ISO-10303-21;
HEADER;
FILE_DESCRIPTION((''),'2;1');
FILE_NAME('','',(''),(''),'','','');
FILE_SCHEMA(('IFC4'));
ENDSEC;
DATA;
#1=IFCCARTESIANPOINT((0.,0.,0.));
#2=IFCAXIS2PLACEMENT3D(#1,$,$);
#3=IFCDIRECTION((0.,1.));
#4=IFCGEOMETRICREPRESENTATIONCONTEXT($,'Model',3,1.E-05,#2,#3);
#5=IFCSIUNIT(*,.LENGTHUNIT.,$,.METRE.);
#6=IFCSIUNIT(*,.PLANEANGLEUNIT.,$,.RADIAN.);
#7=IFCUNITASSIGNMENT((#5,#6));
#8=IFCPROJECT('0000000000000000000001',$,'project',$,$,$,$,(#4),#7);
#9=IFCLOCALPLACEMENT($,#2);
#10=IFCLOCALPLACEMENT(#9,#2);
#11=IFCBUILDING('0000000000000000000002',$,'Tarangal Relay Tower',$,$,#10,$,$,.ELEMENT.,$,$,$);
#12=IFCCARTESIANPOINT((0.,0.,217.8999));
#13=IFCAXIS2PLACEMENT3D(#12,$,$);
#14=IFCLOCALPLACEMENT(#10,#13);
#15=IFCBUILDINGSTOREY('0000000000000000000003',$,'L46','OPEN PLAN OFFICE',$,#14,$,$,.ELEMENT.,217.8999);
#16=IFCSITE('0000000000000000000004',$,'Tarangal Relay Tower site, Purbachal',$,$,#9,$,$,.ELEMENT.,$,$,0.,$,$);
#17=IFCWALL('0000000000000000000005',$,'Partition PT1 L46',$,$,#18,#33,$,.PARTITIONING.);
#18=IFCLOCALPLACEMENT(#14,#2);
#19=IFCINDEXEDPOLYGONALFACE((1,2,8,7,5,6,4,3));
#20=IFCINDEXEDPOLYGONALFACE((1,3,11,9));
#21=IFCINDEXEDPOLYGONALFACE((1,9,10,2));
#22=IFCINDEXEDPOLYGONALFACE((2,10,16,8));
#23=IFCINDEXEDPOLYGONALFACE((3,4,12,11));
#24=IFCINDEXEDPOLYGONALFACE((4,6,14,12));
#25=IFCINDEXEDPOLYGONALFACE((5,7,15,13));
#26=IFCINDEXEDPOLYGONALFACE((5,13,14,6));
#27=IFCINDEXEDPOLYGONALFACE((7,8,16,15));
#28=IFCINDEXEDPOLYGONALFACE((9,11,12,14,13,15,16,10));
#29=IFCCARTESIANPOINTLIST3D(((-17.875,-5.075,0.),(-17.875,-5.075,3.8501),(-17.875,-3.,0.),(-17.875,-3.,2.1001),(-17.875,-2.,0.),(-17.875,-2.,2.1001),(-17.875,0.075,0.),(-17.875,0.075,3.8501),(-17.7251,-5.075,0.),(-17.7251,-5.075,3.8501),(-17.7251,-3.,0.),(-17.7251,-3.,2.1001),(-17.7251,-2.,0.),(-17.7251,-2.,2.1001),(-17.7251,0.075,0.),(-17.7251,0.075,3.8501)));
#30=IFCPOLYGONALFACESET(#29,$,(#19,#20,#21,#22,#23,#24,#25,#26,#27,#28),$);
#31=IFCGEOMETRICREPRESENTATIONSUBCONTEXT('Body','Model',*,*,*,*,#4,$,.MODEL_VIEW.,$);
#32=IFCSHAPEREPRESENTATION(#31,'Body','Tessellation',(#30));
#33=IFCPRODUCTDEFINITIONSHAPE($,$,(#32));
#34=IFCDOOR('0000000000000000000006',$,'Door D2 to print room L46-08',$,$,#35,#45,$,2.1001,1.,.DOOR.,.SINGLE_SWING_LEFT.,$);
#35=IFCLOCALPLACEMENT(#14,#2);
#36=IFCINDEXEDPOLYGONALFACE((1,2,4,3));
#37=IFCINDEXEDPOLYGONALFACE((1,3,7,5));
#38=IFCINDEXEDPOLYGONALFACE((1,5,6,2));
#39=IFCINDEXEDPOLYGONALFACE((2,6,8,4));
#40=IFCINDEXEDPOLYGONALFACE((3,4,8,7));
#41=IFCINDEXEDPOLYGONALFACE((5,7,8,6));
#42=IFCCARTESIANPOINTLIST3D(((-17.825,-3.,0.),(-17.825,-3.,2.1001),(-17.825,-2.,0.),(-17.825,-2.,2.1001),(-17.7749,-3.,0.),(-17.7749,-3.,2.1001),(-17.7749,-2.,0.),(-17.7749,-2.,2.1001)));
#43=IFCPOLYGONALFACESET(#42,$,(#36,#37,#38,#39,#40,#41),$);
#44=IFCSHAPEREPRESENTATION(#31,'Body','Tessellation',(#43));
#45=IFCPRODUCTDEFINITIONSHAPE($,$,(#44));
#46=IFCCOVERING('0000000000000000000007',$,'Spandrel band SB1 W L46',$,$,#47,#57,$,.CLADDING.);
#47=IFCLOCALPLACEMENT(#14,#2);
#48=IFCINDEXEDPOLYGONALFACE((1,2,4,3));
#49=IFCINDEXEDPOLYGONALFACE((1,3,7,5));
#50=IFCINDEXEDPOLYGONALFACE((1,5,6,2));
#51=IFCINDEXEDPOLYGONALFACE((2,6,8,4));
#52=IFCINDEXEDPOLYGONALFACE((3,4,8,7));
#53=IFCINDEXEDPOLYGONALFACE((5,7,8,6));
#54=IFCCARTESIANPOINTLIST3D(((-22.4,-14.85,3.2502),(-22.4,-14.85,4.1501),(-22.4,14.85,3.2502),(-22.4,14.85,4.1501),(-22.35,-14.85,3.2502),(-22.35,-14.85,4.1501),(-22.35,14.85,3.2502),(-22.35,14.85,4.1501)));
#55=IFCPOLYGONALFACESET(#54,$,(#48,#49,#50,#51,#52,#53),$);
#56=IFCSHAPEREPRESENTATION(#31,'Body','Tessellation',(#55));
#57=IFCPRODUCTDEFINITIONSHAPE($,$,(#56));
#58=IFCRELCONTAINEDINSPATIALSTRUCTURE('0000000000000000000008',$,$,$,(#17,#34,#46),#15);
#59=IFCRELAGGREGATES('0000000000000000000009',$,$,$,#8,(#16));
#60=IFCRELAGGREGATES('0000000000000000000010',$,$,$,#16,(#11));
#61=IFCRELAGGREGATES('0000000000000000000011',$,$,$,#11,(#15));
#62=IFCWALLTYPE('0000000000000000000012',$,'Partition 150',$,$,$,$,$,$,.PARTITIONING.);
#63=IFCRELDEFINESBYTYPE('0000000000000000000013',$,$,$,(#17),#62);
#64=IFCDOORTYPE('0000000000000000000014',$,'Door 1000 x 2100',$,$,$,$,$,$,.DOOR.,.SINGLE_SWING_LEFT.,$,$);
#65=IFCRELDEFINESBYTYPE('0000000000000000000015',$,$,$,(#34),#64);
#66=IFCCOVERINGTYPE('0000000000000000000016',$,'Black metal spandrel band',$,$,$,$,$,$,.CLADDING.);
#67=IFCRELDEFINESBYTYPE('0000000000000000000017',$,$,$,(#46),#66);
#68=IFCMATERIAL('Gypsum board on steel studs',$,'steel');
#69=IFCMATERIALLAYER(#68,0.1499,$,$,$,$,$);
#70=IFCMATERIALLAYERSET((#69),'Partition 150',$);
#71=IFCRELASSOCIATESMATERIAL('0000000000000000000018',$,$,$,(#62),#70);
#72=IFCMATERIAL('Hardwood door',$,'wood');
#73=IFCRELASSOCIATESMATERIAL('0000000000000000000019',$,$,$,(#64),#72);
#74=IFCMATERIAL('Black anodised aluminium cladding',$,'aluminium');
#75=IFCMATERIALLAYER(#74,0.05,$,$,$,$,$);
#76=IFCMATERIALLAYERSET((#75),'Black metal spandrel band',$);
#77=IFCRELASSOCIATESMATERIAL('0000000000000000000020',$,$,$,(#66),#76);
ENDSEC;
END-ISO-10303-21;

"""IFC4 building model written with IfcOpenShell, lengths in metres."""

from ifc_helpers import new_model, si_unit, direction, frame, frame_2d, origin, origin_2d, place, context, subcontext, project, spatial, rectangle, extrude, material, layer, layer_set, type_object, element, fill, save


model = new_model("IFC4")

# Units and contexts
model_context = context("Model", 3, precision=1e-05, world=origin(), true_north=direction((0.0, 1.0)))
body_context = subcontext(model_context, "Body", "Model", "MODEL_VIEW")
ifc_project = project(units=[si_unit("LENGTHUNIT", "METRE"), si_unit("PLANEANGLEUNIT", "RADIAN")], contexts=[model_context])

# Site, building, storey
site_placement = place(None, origin())
site = spatial("IfcSite", under=ifc_project, at=site_placement, Name="Tarangal Relay Tower site, Purbachal", CompositionType="ELEMENT", RefElevation=0.0)
building_placement = place(site_placement, origin())
building = spatial("IfcBuilding", under=site, at=building_placement, Name="Tarangal Relay Tower", CompositionType="ELEMENT")
storey_placement = place(building_placement, frame((0.0, 0.0, 217.8999)))
storey = spatial("IfcBuildingStorey", under=building, at=storey_placement, Name="L46", Description="OPEN PLAN OFFICE", CompositionType="ELEMENT", Elevation=217.8999)

# Shared definitions
ifc_material_1 = material(Name="Gypsum board on steel studs", Category="steel")
ifc_layer_1 = layer(ifc_material_1, 0.1499)
ifc_layer_set_1 = layer_set([ifc_layer_1], Name="Partition 150")
wall_type_1 = type_object("IfcWallType", Name="Partition 150", PredefinedType="PARTITIONING", material=ifc_layer_set_1)

# Wall, opening, door
wall_1_placement = place(storey_placement, frame((-17.8, -5.075, 0.0), z_axis=(0.0, 0.0, 1.0), x_axis=(0.0, 1.0, 0.0)))
wall_1 = element("IfcWall", 1, at=wall_1_placement, inside=storey, type_object=wall_type_1, Name="Partition PT1 L46", PredefinedType="PARTITIONING", context=body_context, shape_type="SweptSolid", body=[
    extrude(rectangle(XDim=5.1499, YDim=0.1499, at=frame_2d((2.575, 0.0))), origin(), (0.0, 0.0, 1.0), 3.8501),
])
opening_1_placement = place(wall_1_placement, frame((2.075, 0.0, 0.0)))
opening_1 = element("IfcOpeningElement", 2, at=opening_1_placement, cuts=wall_1, PredefinedType="OPENING", context=body_context, shape_type="SweptSolid", body=[
    extrude(rectangle(XDim=1.0, YDim=2.1001, at=frame_2d((0.5, 1.05))), frame((0.0, 0.085, 0.0), z_axis=(0.0, -1.0, 0.0), x_axis=(1.0, 0.0, 0.0)), (0.0, 0.0, 1.0), 0.1699),
])
ifc_material_2 = material(Name="Hardwood door", Category="wood")
door_type_1 = type_object("IfcDoorType", Name="Door 1000 x 2100", OperationType="SINGLE_SWING_LEFT", PredefinedType="DOOR", material=ifc_material_2)
door_1_placement = place(opening_1_placement, origin())
door_1 = element("IfcDoor", 3, at=door_1_placement, inside=storey, type_object=door_type_1, Name="Door D2 to print room L46-08", OperationType="SINGLE_SWING_LEFT", OverallHeight=2.1001, OverallWidth=1.0, PredefinedType="DOOR", context=body_context, shape_type="SweptSolid", body=[
    extrude(rectangle(XDim=1.0, YDim=2.1001, at=frame_2d((0.5, 1.05))), frame((0.0, 0.0249, 0.0), z_axis=(0.0, -1.0, 0.0), x_axis=(1.0, 0.0, 0.0)), (0.0, 0.0, 1.0), 0.05),
])
fill(opening_1, door_1)

# Covering
ifc_material_3 = material(Name="Black anodised aluminium cladding", Category="aluminium")
ifc_layer_2 = layer(ifc_material_3, 0.05)
ifc_layer_set_2 = layer_set([ifc_layer_2], Name="Black metal spandrel band")
covering_type = type_object("IfcCoveringType", Name="Black metal spandrel band", PredefinedType="CLADDING", material=ifc_layer_set_2)
covering_placement = place(storey_placement, frame((-22.375, 0.0, 3.2502), z_axis=(0.0, 0.0, 1.0), x_axis=(0.0, 1.0, 0.0)))
element("IfcCovering", 4, at=covering_placement, inside=storey, type_object=covering_type, Name="Spandrel band SB1 W L46", PredefinedType="CLADDING", context=body_context, shape_type="SweptSolid", body=[
    extrude(rectangle(XDim=29.7, YDim=0.05, at=origin_2d()), origin(), (0.0, 0.0, 1.0), 0.8999),
])

save(model, "model.ifc")
